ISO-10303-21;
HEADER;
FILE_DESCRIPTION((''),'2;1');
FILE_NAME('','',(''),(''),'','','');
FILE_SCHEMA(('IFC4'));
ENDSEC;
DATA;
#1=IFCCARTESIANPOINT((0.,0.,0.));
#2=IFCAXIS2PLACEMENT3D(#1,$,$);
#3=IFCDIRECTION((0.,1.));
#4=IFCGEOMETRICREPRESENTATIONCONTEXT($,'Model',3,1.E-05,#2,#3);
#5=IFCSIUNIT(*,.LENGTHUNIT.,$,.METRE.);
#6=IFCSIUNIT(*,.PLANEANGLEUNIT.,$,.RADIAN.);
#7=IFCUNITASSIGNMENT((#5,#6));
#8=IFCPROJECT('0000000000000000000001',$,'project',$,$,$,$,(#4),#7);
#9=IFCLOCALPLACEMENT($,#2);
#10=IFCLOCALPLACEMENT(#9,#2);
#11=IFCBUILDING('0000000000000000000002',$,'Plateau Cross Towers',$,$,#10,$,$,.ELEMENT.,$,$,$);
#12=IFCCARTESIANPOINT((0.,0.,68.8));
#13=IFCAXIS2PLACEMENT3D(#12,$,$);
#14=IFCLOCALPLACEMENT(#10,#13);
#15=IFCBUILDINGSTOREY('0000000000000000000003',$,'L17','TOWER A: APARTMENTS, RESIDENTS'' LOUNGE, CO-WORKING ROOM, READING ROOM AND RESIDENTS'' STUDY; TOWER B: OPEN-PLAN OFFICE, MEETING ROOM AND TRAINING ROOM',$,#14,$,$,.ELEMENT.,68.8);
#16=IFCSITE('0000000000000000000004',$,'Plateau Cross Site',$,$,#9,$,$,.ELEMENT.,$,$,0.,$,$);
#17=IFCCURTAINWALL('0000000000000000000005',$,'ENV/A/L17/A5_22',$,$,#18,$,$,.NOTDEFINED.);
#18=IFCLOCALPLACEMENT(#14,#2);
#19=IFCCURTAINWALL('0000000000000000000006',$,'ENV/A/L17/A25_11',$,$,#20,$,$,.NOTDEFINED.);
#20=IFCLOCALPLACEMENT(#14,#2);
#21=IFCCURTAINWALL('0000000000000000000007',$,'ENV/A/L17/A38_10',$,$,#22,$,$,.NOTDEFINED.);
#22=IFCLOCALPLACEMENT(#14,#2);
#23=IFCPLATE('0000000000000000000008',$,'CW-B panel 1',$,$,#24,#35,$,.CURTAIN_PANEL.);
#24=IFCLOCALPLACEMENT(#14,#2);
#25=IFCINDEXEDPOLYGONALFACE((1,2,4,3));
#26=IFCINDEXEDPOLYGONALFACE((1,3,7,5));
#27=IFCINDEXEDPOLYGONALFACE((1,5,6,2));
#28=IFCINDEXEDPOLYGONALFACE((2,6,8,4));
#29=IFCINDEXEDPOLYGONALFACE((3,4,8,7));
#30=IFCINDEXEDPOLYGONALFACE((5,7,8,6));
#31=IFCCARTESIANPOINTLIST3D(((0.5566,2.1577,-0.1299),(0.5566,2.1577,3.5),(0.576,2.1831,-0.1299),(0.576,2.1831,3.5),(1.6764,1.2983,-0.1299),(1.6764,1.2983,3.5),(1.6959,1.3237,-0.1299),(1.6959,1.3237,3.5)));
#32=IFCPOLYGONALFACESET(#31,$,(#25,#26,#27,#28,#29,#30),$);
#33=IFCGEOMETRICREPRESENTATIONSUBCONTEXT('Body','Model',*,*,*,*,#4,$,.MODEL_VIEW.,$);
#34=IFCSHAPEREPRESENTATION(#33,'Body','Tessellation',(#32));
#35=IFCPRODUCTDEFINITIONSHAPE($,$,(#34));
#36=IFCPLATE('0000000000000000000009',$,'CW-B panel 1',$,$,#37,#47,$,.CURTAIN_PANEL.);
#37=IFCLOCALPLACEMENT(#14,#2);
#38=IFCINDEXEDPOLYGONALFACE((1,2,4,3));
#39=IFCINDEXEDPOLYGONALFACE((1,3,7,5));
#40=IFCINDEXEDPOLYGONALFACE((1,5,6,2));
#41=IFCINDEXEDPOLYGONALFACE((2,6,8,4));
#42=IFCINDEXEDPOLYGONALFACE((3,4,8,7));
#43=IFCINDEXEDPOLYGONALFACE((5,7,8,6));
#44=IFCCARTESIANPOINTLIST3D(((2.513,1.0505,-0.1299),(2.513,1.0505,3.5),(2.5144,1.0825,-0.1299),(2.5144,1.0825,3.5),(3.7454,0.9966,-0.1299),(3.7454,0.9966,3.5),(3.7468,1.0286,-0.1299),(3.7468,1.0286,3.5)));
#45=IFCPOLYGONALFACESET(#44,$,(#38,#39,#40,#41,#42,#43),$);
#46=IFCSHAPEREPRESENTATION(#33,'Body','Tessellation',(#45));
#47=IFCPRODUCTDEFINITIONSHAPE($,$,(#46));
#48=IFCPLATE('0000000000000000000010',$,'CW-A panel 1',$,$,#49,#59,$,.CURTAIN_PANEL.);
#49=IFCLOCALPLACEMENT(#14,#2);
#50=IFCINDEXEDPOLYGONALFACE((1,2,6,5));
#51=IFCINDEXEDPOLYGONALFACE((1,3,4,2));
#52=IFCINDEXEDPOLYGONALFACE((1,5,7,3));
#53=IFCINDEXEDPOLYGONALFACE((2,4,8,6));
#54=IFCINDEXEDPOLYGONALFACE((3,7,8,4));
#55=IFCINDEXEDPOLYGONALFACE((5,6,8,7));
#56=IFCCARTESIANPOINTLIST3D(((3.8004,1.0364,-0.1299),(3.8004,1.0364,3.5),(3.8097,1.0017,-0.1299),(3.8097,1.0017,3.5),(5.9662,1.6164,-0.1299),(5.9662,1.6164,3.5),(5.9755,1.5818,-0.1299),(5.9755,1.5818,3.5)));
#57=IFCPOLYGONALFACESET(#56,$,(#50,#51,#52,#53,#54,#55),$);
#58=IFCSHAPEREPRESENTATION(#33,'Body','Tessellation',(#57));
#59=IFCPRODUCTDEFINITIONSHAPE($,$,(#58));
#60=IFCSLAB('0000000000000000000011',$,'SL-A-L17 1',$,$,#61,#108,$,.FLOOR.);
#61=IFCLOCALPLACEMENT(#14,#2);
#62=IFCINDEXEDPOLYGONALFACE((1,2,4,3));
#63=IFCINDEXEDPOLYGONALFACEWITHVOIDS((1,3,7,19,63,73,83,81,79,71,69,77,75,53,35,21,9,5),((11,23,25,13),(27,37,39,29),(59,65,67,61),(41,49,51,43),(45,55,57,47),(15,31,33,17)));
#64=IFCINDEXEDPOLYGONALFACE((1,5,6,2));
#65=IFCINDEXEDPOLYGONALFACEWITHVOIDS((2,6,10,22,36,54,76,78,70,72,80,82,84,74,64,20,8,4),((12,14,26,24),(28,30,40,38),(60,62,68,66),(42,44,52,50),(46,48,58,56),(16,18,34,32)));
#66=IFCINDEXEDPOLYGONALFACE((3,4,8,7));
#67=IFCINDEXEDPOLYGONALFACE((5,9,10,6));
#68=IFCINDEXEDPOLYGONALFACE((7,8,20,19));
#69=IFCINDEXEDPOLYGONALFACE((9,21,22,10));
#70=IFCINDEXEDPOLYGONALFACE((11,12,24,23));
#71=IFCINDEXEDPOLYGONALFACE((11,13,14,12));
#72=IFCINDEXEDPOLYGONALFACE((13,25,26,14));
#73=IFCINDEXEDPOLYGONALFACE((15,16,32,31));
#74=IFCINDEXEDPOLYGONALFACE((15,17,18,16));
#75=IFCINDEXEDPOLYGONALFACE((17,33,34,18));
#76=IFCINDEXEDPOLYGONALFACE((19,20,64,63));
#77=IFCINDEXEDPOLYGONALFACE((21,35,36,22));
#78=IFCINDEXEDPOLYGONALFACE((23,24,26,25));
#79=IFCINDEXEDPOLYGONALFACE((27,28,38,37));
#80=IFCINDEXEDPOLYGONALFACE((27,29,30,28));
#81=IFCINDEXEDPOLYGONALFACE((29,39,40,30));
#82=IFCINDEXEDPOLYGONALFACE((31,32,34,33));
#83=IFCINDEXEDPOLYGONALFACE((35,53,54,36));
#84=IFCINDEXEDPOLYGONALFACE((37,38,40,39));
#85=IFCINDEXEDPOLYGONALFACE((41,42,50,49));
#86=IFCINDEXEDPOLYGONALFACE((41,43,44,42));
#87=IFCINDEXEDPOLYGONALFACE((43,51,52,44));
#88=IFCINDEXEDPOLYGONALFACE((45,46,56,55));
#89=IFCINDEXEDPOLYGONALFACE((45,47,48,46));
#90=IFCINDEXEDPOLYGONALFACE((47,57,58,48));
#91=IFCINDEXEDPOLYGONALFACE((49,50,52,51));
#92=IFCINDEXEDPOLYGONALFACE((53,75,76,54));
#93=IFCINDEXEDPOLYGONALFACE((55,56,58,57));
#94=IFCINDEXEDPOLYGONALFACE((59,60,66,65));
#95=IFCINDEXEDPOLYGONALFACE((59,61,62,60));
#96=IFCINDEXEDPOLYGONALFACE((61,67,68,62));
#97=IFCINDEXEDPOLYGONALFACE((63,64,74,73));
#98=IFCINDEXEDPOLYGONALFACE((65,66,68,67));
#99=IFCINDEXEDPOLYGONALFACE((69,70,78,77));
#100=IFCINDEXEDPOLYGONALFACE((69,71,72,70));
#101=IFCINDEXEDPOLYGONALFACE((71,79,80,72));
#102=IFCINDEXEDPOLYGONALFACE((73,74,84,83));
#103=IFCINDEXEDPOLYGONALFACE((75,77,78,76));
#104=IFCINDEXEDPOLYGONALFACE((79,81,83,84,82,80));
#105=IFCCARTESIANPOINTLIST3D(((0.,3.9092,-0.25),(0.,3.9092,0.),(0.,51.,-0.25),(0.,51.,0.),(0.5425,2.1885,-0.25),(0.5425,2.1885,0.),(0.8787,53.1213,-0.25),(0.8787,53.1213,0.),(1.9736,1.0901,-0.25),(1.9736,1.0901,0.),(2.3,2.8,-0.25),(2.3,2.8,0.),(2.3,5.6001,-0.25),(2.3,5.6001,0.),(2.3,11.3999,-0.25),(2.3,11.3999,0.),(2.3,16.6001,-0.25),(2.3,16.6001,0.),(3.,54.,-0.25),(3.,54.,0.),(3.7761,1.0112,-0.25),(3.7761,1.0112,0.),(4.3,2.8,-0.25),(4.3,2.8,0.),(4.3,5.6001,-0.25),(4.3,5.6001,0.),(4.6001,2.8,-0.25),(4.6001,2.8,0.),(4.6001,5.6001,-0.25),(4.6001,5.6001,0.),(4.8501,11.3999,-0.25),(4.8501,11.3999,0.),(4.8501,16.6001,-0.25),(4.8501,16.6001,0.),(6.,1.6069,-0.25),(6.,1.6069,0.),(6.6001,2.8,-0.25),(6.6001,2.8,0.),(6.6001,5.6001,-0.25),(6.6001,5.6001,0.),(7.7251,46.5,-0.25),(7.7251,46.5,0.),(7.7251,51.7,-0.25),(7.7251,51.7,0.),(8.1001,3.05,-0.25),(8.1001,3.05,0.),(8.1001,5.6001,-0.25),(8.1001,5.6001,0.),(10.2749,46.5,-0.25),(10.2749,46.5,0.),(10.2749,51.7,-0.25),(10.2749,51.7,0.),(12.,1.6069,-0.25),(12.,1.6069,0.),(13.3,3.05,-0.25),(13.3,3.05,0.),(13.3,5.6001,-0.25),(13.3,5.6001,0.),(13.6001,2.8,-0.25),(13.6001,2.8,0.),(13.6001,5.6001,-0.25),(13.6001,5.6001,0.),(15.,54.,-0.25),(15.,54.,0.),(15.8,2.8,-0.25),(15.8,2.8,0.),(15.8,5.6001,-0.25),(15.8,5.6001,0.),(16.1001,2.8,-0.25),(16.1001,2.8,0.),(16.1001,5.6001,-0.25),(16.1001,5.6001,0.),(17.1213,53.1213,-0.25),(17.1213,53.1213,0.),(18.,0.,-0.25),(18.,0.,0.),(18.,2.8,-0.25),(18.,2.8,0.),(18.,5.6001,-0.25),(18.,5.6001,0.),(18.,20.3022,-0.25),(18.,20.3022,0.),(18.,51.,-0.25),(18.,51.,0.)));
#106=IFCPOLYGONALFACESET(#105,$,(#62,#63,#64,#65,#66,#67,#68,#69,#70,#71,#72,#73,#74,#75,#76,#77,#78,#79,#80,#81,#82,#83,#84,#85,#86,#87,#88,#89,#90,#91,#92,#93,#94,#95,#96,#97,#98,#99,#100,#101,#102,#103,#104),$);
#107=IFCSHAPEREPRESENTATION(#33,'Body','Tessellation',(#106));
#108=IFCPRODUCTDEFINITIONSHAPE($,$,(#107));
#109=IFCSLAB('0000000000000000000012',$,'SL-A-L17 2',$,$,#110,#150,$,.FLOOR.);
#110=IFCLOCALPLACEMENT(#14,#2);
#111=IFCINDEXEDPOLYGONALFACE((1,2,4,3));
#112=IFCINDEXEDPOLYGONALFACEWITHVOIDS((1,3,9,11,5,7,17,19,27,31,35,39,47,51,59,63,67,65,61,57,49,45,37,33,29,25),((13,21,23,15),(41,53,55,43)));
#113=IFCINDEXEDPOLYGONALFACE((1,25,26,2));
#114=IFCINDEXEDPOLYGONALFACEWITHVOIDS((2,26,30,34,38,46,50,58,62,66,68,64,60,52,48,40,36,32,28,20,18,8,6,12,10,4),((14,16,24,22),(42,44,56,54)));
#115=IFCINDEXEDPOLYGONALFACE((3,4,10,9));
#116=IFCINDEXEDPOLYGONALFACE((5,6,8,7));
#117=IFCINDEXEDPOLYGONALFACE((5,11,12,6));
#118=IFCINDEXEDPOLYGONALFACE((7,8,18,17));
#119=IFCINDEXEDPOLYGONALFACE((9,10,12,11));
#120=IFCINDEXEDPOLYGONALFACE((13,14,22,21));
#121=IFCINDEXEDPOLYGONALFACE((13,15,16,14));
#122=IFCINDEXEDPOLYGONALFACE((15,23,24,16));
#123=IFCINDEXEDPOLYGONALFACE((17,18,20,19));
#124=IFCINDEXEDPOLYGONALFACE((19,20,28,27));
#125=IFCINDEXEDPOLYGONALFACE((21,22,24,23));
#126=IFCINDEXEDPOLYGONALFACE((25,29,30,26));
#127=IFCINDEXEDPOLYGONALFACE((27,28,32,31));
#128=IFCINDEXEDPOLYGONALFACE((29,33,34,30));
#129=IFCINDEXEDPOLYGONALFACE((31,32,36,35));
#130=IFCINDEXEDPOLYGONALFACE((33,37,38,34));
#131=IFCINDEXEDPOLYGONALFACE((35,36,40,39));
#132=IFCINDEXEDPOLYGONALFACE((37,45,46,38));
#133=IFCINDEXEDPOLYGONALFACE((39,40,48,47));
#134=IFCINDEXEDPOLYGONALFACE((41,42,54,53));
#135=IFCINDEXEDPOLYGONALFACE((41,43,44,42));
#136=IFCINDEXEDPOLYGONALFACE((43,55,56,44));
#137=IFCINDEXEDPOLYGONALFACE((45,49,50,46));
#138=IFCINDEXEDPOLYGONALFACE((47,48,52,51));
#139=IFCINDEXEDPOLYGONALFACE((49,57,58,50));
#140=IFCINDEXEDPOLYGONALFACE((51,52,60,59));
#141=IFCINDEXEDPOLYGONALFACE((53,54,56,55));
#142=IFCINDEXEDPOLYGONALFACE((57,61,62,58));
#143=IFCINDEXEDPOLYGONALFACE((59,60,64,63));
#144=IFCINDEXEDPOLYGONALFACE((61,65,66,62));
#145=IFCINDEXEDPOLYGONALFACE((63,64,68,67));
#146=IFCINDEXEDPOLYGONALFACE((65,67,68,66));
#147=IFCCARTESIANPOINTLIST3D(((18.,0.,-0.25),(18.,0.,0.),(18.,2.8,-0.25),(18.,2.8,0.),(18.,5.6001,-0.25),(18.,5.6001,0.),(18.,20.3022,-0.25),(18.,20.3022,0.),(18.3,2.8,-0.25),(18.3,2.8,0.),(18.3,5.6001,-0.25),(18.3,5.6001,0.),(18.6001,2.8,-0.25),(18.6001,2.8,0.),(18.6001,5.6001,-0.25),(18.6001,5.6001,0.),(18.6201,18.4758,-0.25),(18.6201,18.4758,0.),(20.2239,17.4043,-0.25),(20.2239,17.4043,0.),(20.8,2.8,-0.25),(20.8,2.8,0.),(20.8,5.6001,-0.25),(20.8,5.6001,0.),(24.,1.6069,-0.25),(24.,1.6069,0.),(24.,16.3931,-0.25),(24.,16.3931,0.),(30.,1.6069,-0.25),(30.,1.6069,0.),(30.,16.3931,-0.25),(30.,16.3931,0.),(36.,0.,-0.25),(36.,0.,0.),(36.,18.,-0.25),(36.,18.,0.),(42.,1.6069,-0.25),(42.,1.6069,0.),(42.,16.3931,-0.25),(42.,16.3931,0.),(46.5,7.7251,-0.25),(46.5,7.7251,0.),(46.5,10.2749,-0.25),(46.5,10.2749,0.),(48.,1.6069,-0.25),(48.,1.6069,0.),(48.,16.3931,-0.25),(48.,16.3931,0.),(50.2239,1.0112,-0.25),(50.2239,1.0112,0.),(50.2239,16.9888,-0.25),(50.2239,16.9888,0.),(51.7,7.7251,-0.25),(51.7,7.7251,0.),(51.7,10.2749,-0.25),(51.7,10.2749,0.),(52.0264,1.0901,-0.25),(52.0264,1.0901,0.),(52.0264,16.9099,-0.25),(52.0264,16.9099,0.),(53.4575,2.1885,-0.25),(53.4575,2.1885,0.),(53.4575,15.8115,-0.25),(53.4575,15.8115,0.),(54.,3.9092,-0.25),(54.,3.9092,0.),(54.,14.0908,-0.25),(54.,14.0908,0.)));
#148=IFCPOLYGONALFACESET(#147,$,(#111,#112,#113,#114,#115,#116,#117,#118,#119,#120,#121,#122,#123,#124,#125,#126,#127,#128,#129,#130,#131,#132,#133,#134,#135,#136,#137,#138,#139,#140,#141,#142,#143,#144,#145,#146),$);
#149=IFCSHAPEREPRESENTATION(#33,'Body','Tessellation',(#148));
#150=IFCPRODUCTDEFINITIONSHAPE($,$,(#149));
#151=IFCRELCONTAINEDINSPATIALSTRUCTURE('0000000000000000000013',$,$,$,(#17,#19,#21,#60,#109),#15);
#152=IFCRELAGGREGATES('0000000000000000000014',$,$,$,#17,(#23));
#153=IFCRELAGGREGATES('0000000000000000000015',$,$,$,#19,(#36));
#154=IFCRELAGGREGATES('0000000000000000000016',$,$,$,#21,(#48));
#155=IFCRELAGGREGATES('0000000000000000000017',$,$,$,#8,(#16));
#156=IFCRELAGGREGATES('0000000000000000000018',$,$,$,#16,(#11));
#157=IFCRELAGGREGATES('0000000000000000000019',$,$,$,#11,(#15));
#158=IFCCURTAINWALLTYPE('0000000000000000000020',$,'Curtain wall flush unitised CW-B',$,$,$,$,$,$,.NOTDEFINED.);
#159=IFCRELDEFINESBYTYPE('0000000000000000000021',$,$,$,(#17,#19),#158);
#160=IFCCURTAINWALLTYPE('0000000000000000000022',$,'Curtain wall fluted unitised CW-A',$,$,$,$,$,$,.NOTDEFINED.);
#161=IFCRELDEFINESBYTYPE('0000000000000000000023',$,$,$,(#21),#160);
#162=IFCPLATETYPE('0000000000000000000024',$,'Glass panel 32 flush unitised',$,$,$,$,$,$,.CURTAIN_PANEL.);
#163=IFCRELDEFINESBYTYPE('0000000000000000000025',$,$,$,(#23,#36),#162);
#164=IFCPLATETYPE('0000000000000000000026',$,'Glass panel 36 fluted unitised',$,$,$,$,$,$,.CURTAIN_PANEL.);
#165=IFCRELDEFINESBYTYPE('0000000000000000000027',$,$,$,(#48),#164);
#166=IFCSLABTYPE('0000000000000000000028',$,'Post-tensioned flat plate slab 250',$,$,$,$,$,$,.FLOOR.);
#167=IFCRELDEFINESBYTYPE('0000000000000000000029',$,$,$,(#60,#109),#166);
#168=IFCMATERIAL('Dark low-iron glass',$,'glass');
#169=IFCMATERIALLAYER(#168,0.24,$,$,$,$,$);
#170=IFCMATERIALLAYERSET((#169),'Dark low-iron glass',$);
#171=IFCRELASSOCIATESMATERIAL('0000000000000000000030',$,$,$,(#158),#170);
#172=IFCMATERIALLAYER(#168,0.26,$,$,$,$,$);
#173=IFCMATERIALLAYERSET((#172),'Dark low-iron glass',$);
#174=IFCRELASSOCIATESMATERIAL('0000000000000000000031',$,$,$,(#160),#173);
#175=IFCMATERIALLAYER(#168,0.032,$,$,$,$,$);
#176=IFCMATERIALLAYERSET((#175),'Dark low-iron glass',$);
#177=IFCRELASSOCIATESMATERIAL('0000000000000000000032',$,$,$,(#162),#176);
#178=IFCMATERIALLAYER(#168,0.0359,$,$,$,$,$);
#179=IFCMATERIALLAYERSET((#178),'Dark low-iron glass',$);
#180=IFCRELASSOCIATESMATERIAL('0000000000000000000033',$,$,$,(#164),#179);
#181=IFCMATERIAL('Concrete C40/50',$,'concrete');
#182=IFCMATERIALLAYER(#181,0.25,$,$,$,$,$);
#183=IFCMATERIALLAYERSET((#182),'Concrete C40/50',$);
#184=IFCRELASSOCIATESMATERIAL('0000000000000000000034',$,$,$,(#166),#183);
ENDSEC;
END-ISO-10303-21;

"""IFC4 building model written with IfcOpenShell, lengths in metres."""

from ifc_helpers import new_model, si_unit, direction, frame, origin, origin_2d, place, context, subcontext, project, spatial, polyline, rectangle, outline, extrude, material, layer, layer_set, type_object, element, aggregate, save


model = new_model("IFC4")

# Units and contexts
model_context = context("Model", 3, precision=1e-05, world=origin(), true_north=direction((0.0, 1.0)))
body_context = subcontext(model_context, "Body", "Model", "MODEL_VIEW")
ifc_project = project(units=[si_unit("LENGTHUNIT", "METRE"), si_unit("PLANEANGLEUNIT", "RADIAN")], contexts=[model_context])

# Site, building, storey
site_placement = place(None, origin())
site = spatial("IfcSite", under=ifc_project, at=site_placement, Name="Plateau Cross Site", CompositionType="ELEMENT", RefElevation=0.0)
building_placement = place(site_placement, origin())
building = spatial("IfcBuilding", under=site, at=building_placement, Name="Plateau Cross Towers", CompositionType="ELEMENT")
storey_placement = place(building_placement, frame((0.0, 0.0, 68.8)))
storey = spatial("IfcBuildingStorey", under=building, at=storey_placement, Name="L17", Description="TOWER A: APARTMENTS, RESIDENTS' LOUNGE, CO-WORKING ROOM, READING ROOM AND RESIDENTS' STUDY; TOWER B: OPEN-PLAN OFFICE, MEETING ROOM AND TRAINING ROOM", CompositionType="ELEMENT", Elevation=68.8)

# Curtain wall
ifc_material_1 = material(Name="Dark low-iron glass", Category="glass")
ifc_layer_1 = layer(ifc_material_1, 0.24)
ifc_layer_set_1 = layer_set([ifc_layer_1], Name="Dark low-iron glass")
curtain_wall_type_1 = type_object("IfcCurtainWallType", Name="Curtain wall flush unitised CW-B", PredefinedType="NOTDEFINED", material=ifc_layer_set_1)
curtain_wall_1_placement = place(storey_placement, origin())
curtain_wall_1 = element("IfcCurtainWall", 1, at=curtain_wall_1_placement, inside=storey, type_object=curtain_wall_type_1, Name="ENV/A/L17/A5_22", PredefinedType="NOTDEFINED")

# Curtain walls
curtain_wall_2_placement = place(storey_placement, origin())
curtain_wall_2 = element("IfcCurtainWall", 2, at=curtain_wall_2_placement, inside=storey, type_object=curtain_wall_type_1, Name="ENV/A/L17/A25_11", PredefinedType="NOTDEFINED")
ifc_layer_2 = layer(ifc_material_1, 0.26)
ifc_layer_set_2 = layer_set([ifc_layer_2], Name="Dark low-iron glass")
curtain_wall_type_2 = type_object("IfcCurtainWallType", Name="Curtain wall fluted unitised CW-A", PredefinedType="NOTDEFINED", material=ifc_layer_set_2)
curtain_wall_3_placement = place(storey_placement, origin())
curtain_wall_3 = element("IfcCurtainWall", 3, at=curtain_wall_3_placement, inside=storey, type_object=curtain_wall_type_2, Name="ENV/A/L17/A38_10", PredefinedType="NOTDEFINED")

# Shared definitions
ifc_material_2 = material(Name="Concrete C40/50", Category="concrete")

# Plates
ifc_layer_3 = layer(ifc_material_1, 0.032)
ifc_layer_set_3 = layer_set([ifc_layer_3], Name="Dark low-iron glass")
plate_type_1 = type_object("IfcPlateType", Name="Glass panel 32 flush unitised", PredefinedType="CURTAIN_PANEL", material=ifc_layer_set_3)
plate_1_placement = place(storey_placement, frame((1.1262, 1.7407, -0.1299), z_axis=(0.0, 0.0, 1.0), x_axis=(0.793316, -0.608811, 0.0)))
plate_1 = element("IfcPlate", 4, at=plate_1_placement, type_object=plate_type_1, Name="CW-B panel 1", PredefinedType="CURTAIN_PANEL", context=body_context, shape_type="SweptSolid", body=[
    extrude(rectangle(XDim=1.4116, YDim=0.032, at=origin_2d()), origin(), (0.0, 0.0, 1.0), 3.6299),
])
aggregate(curtain_wall_1, [plate_1])
plate_2_placement = place(storey_placement, frame((3.1299, 1.0396, -0.1299), z_axis=(0.0, 0.0, 1.0), x_axis=(0.999044, -0.043723, 0.0)))
plate_2 = element("IfcPlate", 5, at=plate_2_placement, type_object=plate_type_1, Name="CW-B panel 1", PredefinedType="CURTAIN_PANEL", context=body_context, shape_type="SweptSolid", body=[
    extrude(rectangle(XDim=1.2336, YDim=0.032, at=origin_2d()), origin(), (0.0, 0.0, 1.0), 3.6299),
])
aggregate(curtain_wall_2, [plate_2])
ifc_layer_4 = layer(ifc_material_1, 0.0359)
ifc_layer_set_4 = layer_set([ifc_layer_4], Name="Dark low-iron glass")
plate_type_2 = type_object("IfcPlateType", Name="Glass panel 36 fluted unitised", PredefinedType="CURTAIN_PANEL", material=ifc_layer_set_4)
plate_3_placement = place(storey_placement, frame((4.8879, 1.3091, -0.1299), z_axis=(0.0, 0.0, 1.0), x_axis=(0.965958, 0.258699, 0.0)))
plate_3 = element("IfcPlate", 6, at=plate_3_placement, type_object=plate_type_2, Name="CW-A panel 1", PredefinedType="CURTAIN_PANEL", context=body_context, shape_type="SweptSolid", body=[
    extrude(rectangle(XDim=2.2422, YDim=0.0359, at=origin_2d()), origin(), (0.0, 0.0, 1.0), 3.6299),
])
aggregate(curtain_wall_3, [plate_3])

# Slabs
ifc_layer_5 = layer(ifc_material_2, 0.25)
ifc_layer_set_5 = layer_set([ifc_layer_5], Name="Concrete C40/50")
slab_type_1 = type_object("IfcSlabType", Name="Post-tensioned flat plate slab 250", PredefinedType="FLOOR", material=ifc_layer_set_5)
slab_1_placement = place(storey_placement, frame((0.0, 0.0, -0.25)))
element("IfcSlab", 7, at=slab_1_placement, inside=storey, type_object=slab_type_1, Name="SL-A-L17 1", PredefinedType="FLOOR", context=body_context, shape_type="SweptSolid", body=[
    extrude(outline(polyline([(0.5425, 2.1885), (0.0, 3.9092), (0.0, 51.0), (0.8787, 53.1213), (3.0, 54.0), (15.0, 54.0), (17.1213, 53.1213), (18.0, 51.0), (18.0, 20.3022), (18.0, 5.6001), (16.1001, 5.6001), (16.1001, 2.8), (18.0, 2.8), (18.0, 0.0), (12.0, 1.6069), (6.0, 1.6069), (3.7761, 1.0112), (1.9736, 1.0901), (0.5425, 2.1885)]), holes=[polyline([(4.3, 5.6001), (2.3, 5.6001), (2.3, 2.8), (4.3, 2.8), (4.3, 5.6001)]), polyline([(6.6001, 5.6001), (4.6001, 5.6001), (4.6001, 2.8), (6.6001, 2.8), (6.6001, 5.6001)]), polyline([(15.8, 5.6001), (13.6001, 5.6001), (13.6001, 2.8), (15.8, 2.8), (15.8, 5.6001)]), polyline([(13.3, 5.6001), (8.1001, 5.6001), (8.1001, 3.05), (13.3, 3.05), (13.3, 5.6001)]), polyline([(4.8501, 16.6001), (2.3, 16.6001), (2.3, 11.3999), (4.8501, 11.3999), (4.8501, 16.6001)]), polyline([(7.7251, 51.7), (7.7251, 46.5), (10.2749, 46.5), (10.2749, 51.7), (7.7251, 51.7)])]), origin(), (0.0, 0.0, 1.0), 0.25),
])
slab_2_placement = place(storey_placement, frame((0.0, 0.0, -0.25)))
element("IfcSlab", 8, at=slab_2_placement, inside=storey, type_object=slab_type_1, Name="SL-A-L17 2", PredefinedType="FLOOR", context=body_context, shape_type="SweptSolid", body=[
    extrude(outline(polyline([(18.6201, 18.4758), (20.2239, 17.4043), (24.0, 16.3931), (30.0, 16.3931), (36.0, 18.0), (42.0, 16.3931), (48.0, 16.3931), (50.2239, 16.9888), (52.0264, 16.9099), (53.4575, 15.8115), (54.0, 14.0908), (54.0, 3.9092), (53.4575, 2.1885), (52.0264, 1.0901), (50.2239, 1.0112), (48.0, 1.6069), (42.0, 1.6069), (36.0, 0.0), (30.0, 1.6069), (24.0, 1.6069), (18.0, 0.0), (18.0, 2.8), (18.3, 2.8), (18.3, 5.6001), (18.0, 5.6001), (18.0, 20.3022), (18.6201, 18.4758)]), holes=[polyline([(20.8, 5.6001), (18.6001, 5.6001), (18.6001, 2.8), (20.8, 2.8), (20.8, 5.6001)]), polyline([(51.7, 7.7251), (51.7, 10.2749), (46.5, 10.2749), (46.5, 7.7251), (51.7, 7.7251)])]), origin(), (0.0, 0.0, 1.0), 0.25),
])

save(model, "model.ifc")
